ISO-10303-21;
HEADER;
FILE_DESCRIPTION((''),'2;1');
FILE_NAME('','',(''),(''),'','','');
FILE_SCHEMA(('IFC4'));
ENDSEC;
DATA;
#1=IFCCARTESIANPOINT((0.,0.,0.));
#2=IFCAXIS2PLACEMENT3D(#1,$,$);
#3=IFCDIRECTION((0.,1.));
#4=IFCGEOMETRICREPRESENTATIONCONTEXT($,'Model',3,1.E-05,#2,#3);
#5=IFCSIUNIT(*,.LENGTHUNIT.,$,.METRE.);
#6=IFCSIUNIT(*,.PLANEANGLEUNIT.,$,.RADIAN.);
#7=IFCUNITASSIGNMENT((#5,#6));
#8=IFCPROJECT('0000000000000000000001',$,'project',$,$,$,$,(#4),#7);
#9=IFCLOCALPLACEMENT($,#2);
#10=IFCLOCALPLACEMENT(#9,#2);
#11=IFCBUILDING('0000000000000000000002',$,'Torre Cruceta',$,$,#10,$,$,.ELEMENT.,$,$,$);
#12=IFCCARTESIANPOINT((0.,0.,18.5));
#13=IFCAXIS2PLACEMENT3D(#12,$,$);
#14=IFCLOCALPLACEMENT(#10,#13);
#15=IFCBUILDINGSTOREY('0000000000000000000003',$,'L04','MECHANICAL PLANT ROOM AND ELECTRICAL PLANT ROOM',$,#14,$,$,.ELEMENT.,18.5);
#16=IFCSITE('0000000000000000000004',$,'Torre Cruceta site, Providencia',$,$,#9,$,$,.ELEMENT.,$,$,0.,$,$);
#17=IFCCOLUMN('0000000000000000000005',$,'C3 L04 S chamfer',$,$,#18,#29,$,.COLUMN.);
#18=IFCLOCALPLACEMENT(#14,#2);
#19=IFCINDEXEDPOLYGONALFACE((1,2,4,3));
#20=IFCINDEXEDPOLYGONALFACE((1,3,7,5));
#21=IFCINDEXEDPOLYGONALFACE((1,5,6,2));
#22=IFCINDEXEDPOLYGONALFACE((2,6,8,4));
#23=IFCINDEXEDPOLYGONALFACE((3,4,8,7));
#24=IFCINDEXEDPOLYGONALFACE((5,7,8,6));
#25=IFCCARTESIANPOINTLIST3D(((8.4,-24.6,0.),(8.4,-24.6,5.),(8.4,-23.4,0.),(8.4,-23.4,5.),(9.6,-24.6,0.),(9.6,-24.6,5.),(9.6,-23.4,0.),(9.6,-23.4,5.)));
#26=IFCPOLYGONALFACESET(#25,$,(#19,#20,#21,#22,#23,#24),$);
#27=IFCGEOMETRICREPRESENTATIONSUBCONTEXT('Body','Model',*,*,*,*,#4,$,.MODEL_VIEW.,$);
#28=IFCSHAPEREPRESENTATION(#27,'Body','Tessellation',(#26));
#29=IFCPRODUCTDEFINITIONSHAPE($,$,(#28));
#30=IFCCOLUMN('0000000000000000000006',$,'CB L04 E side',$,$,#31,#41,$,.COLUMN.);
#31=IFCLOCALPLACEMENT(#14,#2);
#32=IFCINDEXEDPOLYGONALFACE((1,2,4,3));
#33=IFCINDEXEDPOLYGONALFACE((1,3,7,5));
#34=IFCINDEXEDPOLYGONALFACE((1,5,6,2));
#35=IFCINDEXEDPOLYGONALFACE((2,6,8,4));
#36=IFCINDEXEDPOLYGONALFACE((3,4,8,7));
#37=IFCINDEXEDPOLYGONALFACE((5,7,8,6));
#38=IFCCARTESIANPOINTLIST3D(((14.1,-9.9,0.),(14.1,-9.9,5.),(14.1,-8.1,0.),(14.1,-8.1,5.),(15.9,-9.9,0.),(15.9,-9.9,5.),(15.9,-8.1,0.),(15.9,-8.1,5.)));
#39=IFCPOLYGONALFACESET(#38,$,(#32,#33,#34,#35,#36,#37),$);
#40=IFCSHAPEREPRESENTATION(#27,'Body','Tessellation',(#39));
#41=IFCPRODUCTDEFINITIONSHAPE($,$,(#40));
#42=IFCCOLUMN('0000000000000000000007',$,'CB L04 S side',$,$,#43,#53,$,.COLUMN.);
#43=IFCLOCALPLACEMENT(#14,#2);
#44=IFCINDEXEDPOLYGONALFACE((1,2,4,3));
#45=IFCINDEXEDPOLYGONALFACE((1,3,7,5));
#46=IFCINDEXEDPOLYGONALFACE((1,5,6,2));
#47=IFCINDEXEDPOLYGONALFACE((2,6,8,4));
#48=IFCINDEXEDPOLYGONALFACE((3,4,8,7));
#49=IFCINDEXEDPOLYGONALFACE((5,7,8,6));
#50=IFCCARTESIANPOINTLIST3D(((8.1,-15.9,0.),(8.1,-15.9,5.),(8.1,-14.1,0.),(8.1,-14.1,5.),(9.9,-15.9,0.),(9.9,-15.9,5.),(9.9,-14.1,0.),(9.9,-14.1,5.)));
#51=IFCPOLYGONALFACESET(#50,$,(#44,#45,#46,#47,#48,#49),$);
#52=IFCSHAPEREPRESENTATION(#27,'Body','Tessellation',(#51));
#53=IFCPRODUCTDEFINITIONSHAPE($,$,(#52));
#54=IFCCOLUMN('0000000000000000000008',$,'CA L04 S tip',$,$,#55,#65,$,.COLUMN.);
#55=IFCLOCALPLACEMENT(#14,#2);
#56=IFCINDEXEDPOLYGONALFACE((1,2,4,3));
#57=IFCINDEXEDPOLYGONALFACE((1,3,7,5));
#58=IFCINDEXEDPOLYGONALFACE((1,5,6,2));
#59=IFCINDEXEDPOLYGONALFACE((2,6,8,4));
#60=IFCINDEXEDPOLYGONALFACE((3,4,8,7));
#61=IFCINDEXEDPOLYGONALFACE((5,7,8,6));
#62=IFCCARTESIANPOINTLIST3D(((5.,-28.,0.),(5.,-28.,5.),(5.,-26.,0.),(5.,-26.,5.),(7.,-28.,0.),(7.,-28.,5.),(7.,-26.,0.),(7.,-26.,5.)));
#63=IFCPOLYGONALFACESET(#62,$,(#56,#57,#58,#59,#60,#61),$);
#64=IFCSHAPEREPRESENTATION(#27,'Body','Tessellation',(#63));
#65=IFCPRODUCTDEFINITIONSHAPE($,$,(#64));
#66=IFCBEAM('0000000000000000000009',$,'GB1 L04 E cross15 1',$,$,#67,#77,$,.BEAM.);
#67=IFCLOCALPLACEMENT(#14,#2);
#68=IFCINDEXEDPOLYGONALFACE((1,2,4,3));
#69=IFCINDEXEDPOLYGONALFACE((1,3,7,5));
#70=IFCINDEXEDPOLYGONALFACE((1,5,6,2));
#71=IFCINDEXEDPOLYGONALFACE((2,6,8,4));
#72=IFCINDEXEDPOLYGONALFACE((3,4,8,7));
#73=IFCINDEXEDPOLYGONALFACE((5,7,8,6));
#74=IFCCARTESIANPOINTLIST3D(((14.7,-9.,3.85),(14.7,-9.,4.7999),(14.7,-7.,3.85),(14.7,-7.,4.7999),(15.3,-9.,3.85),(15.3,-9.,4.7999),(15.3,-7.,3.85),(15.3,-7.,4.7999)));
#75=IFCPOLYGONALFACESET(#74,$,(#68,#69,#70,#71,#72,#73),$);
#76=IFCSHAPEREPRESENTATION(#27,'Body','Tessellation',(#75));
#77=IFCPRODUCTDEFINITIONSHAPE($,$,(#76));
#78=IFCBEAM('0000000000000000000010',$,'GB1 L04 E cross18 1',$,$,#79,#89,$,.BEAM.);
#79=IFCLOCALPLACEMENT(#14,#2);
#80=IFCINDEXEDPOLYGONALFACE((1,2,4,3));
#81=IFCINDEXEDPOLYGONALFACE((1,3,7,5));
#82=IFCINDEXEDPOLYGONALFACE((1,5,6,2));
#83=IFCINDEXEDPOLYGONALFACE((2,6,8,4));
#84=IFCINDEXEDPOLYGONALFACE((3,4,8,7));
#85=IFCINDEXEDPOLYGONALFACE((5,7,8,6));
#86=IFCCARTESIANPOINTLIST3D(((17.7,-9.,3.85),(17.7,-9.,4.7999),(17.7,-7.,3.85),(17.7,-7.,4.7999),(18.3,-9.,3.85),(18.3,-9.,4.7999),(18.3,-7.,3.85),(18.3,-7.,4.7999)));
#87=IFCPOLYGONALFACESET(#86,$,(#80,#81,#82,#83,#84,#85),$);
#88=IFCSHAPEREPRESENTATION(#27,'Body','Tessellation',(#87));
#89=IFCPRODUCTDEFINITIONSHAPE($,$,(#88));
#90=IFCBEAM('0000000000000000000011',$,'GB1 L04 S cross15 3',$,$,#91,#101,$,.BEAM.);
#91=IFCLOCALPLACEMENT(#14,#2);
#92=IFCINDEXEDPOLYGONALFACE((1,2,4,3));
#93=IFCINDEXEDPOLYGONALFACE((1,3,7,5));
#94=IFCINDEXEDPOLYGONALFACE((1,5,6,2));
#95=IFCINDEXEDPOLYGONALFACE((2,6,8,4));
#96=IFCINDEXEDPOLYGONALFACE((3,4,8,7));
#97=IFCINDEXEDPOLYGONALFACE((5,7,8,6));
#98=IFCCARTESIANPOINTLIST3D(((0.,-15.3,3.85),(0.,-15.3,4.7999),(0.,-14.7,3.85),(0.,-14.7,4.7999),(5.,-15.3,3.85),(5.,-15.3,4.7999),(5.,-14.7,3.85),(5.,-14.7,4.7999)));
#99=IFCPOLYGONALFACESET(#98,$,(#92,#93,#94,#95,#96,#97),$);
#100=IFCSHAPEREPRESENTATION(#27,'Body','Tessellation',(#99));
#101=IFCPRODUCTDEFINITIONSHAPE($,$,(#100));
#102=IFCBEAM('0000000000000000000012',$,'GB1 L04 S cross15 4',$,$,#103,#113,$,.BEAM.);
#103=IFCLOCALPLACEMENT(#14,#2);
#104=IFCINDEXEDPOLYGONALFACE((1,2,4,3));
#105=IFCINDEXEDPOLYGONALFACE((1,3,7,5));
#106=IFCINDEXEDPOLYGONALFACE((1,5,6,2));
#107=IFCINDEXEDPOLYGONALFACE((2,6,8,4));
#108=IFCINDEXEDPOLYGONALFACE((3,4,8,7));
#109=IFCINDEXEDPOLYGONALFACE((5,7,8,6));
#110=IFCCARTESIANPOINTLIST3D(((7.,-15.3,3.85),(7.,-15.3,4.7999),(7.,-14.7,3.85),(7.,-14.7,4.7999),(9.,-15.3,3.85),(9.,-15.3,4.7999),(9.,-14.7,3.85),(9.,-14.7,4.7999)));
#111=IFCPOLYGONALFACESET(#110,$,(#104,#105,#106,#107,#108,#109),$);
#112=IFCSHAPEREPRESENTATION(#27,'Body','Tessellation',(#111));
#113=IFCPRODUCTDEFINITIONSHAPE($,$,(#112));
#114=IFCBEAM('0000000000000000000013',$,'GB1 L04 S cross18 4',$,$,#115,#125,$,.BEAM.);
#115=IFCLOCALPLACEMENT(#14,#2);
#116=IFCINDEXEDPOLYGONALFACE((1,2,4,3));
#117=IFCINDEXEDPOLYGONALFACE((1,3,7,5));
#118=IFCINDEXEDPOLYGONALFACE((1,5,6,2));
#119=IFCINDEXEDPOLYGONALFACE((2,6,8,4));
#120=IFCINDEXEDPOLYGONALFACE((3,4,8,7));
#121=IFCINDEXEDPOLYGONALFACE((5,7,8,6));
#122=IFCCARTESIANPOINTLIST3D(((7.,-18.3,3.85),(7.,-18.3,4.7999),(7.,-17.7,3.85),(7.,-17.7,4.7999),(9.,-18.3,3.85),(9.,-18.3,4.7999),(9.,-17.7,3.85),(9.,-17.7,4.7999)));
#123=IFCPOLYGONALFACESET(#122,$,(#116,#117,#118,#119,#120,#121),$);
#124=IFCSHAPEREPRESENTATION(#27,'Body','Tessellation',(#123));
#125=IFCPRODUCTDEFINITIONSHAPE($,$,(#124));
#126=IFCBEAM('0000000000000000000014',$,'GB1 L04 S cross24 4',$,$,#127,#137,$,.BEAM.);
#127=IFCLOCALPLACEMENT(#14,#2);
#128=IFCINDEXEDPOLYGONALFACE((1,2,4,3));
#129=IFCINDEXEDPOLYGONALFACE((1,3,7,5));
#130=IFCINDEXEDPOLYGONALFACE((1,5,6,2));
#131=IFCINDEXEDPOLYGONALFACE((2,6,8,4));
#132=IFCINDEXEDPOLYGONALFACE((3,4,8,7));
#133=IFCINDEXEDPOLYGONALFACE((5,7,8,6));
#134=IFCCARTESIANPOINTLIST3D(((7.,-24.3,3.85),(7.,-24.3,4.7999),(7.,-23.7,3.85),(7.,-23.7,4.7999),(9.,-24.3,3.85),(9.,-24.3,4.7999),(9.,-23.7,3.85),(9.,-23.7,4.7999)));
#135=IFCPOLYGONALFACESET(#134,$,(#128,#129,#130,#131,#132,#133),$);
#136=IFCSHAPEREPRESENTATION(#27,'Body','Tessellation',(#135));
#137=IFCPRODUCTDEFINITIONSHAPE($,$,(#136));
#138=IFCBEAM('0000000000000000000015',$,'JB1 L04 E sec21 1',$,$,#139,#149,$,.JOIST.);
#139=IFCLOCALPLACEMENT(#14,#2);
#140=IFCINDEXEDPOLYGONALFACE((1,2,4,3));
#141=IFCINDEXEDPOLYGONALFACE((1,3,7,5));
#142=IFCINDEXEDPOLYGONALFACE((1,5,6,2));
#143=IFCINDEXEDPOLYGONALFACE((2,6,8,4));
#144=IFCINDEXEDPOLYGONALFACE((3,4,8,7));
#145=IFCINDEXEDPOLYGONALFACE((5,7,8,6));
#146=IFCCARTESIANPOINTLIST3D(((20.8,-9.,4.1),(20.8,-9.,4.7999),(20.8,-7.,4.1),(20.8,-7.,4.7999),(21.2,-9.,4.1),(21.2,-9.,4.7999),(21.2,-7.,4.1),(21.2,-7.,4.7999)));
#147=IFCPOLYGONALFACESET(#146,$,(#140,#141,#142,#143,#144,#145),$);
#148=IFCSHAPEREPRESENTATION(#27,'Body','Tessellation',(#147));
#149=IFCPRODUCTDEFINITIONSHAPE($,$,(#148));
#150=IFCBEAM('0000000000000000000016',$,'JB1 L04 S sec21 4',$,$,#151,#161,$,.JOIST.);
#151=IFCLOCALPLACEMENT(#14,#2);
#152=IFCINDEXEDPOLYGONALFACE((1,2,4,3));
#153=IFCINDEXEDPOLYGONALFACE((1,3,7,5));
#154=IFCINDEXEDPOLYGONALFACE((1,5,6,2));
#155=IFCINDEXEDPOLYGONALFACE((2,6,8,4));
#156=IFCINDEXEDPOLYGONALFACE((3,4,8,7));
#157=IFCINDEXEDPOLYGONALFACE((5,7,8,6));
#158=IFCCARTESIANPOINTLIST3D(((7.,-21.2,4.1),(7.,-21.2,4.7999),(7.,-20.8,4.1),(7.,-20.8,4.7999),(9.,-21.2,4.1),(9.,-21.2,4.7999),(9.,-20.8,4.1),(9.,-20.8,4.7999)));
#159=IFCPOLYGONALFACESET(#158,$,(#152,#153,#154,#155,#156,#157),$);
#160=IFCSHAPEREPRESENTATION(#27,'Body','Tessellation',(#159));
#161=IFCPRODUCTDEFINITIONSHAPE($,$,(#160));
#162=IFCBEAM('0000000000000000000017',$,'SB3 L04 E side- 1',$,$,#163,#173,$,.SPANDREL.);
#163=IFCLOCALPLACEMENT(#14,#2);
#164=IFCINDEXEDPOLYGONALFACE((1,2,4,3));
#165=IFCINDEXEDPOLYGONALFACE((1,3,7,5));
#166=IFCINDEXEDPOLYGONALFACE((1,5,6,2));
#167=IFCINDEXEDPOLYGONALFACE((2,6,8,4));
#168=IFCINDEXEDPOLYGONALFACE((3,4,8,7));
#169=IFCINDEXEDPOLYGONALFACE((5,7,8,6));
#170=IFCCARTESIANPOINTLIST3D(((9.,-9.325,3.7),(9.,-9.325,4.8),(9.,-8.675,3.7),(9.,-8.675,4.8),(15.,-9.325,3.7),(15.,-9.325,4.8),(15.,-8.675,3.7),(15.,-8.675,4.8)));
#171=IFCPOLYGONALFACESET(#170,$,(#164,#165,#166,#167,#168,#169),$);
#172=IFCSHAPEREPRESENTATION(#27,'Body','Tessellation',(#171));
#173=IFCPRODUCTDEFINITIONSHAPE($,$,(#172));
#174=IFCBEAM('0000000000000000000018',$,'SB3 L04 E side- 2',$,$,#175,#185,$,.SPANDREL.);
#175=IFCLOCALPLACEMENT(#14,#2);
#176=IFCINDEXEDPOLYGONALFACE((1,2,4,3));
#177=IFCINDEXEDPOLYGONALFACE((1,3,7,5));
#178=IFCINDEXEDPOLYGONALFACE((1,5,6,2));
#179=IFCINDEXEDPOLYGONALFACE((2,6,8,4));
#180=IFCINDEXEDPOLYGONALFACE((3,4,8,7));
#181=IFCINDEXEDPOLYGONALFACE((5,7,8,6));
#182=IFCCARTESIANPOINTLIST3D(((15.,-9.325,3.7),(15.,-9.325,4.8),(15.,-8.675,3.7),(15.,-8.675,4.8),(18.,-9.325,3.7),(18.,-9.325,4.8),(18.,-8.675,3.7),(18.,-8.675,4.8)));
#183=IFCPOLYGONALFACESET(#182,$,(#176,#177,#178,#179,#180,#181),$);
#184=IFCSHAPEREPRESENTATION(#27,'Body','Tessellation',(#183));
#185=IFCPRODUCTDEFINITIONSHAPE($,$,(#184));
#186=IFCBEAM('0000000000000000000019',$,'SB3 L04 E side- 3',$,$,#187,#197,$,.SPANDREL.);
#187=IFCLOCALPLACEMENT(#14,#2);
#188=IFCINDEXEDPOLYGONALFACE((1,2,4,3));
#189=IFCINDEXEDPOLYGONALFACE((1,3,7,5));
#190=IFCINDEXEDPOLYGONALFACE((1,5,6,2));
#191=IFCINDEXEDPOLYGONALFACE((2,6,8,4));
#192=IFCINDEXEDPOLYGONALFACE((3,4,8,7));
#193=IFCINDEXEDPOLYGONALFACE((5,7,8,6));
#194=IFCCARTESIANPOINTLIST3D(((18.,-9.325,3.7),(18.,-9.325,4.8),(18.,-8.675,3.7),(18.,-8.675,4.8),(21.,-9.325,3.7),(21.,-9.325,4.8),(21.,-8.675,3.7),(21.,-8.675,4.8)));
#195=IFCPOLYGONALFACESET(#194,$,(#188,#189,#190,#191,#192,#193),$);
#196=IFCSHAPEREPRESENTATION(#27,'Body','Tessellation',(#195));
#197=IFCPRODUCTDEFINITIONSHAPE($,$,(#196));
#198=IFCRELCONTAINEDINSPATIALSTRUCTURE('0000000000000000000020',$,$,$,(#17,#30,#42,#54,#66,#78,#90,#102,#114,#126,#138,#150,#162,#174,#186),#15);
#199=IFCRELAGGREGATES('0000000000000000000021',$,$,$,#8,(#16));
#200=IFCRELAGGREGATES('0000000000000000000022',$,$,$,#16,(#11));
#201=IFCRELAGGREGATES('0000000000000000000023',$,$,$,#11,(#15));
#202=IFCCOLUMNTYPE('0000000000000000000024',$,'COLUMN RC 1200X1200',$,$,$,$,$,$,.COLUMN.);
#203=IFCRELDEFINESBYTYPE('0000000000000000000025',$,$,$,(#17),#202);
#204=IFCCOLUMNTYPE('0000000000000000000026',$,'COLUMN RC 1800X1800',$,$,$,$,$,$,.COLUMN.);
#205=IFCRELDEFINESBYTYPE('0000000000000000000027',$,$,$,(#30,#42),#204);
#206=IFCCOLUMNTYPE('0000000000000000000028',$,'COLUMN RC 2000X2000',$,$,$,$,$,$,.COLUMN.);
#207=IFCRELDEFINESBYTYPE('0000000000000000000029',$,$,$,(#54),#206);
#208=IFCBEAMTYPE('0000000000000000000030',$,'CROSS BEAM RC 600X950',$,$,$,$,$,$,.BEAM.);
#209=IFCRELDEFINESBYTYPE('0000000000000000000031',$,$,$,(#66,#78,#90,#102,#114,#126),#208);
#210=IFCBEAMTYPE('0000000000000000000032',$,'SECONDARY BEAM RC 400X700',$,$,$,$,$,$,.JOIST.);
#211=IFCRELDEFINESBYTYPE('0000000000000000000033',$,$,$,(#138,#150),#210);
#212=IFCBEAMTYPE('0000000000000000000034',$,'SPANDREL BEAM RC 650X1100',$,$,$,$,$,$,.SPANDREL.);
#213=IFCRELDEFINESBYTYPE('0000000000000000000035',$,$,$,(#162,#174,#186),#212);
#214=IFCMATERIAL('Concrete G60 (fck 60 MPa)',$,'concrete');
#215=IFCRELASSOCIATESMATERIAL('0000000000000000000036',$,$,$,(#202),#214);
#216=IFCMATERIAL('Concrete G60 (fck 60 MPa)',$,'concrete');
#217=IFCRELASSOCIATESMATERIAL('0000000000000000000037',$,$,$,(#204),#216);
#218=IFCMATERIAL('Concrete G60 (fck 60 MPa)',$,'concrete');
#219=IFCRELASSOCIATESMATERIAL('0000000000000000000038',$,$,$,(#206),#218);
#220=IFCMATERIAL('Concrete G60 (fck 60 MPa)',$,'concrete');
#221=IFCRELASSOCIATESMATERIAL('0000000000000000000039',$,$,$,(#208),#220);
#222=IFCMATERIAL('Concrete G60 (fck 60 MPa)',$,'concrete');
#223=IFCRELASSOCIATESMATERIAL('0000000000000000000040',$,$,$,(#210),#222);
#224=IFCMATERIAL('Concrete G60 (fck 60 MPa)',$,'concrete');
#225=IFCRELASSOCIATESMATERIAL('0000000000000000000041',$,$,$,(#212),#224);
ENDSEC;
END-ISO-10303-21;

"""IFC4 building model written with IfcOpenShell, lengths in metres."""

from ifc_helpers import new_model, si_unit, direction, frame, origin, origin_2d, place, context, subcontext, project, spatial, rectangle, extrude, material, material_profile, profile_set, type_object, element, save


model = new_model("IFC4")

# Units and contexts
model_context = context("Model", 3, precision=1e-05, world=origin(), true_north=direction((0.0, 1.0)))
body_context = subcontext(model_context, "Body", "Model", "MODEL_VIEW")
ifc_project = project(units=[si_unit("LENGTHUNIT", "METRE"), si_unit("PLANEANGLEUNIT", "RADIAN")], contexts=[model_context])

# Site, building, storey
site_placement = place(None, origin())
site = spatial("IfcSite", under=ifc_project, at=site_placement, Name="Torre Cruceta site, Providencia", CompositionType="ELEMENT", RefElevation=0.0)
building_placement = place(site_placement, origin())
building = spatial("IfcBuilding", under=site, at=building_placement, Name="Torre Cruceta", CompositionType="ELEMENT")
storey_placement = place(building_placement, frame((0.0, 0.0, 18.5)))
storey = spatial("IfcBuildingStorey", under=building, at=storey_placement, Name="L04", Description="MECHANICAL PLANT ROOM AND ELECTRICAL PLANT ROOM", CompositionType="ELEMENT", Elevation=18.5)

# Columns
ifc_material_1 = material(Name="Concrete G60 (fck 60 MPa)", Category="concrete")
ifc_material_profile_1 = material_profile(ifc_material_1, rectangle(XDim=1.2, YDim=1.2, at=origin_2d()), Name="RC 1200X1200")
ifc_profile_set_1 = profile_set([ifc_material_profile_1], Name="Concrete G60 (fck 60 MPa)")
column_type_1 = type_object("IfcColumnType", Name="COLUMN RC 1200X1200", PredefinedType="COLUMN", material=ifc_profile_set_1)
column_1_placement = place(storey_placement, frame((9.0, -24.0, 0.0), z_axis=(0.0, 0.0, 1.0), x_axis=(1.0, 0.0, 0.0)))
element("IfcColumn", 1, at=column_1_placement, inside=storey, type_object=column_type_1, Name="C3 L04 S chamfer", PredefinedType="COLUMN", context=body_context, shape_type="SweptSolid", body=[
    extrude(rectangle(XDim=1.2, YDim=1.2, at=origin_2d()), origin(), (0.0, 0.0, 1.0), 5.0),
])
ifc_material_2 = material(Name="Concrete G60 (fck 60 MPa)", Category="concrete")
ifc_material_profile_2 = material_profile(ifc_material_2, rectangle(XDim=1.8, YDim=1.8, at=origin_2d()), Name="RC 1800X1800")
ifc_profile_set_2 = profile_set([ifc_material_profile_2], Name="Concrete G60 (fck 60 MPa)")
column_type_2 = type_object("IfcColumnType", Name="COLUMN RC 1800X1800", PredefinedType="COLUMN", material=ifc_profile_set_2)
for number, where, z_axis, x_axis, name in (
    (2, (15.0, -9.0, 0.0), (0.0, 0.0, 1.0), (1.0, 0.0, 0.0), "CB L04 E side"),
    (3, (9.0, -15.0, 0.0), (0.0, 0.0, 1.0), (1.0, 0.0, 0.0), "CB L04 S side"),
):
    element("IfcColumn", number, at=place(storey_placement, frame(where, z_axis=z_axis, x_axis=x_axis)), inside=storey, type_object=column_type_2, Name=name, PredefinedType="COLUMN", context=body_context, shape_type="SweptSolid", body=[
        extrude(rectangle(XDim=1.8, YDim=1.8, at=origin_2d()), origin(), (0.0, 0.0, 1.0), 5.0),
    ])
ifc_material_3 = material(Name="Concrete G60 (fck 60 MPa)", Category="concrete")
ifc_material_profile_3 = material_profile(ifc_material_3, rectangle(XDim=2.0, YDim=2.0, at=origin_2d()), Name="RC 2000X2000")
ifc_profile_set_3 = profile_set([ifc_material_profile_3], Name="Concrete G60 (fck 60 MPa)")
column_type_3 = type_object("IfcColumnType", Name="COLUMN RC 2000X2000", PredefinedType="COLUMN", material=ifc_profile_set_3)
column_2_placement = place(storey_placement, frame((6.0, -27.0, 0.0), z_axis=(0.0, 0.0, 1.0), x_axis=(1.0, 0.0, 0.0)))
element("IfcColumn", 4, at=column_2_placement, inside=storey, type_object=column_type_3, Name="CA L04 S tip", PredefinedType="COLUMN", context=body_context, shape_type="SweptSolid", body=[
    extrude(rectangle(XDim=2.0, YDim=2.0, at=origin_2d()), origin(), (0.0, 0.0, 1.0), 5.0),
])

# Beams
ifc_material_4 = material(Name="Concrete G60 (fck 60 MPa)", Category="concrete")
ifc_material_profile_4 = material_profile(ifc_material_4, rectangle(XDim=0.6001, YDim=0.95, at=origin_2d()), Name="RC 600X950")
ifc_profile_set_4 = profile_set([ifc_material_profile_4], Name="Concrete G60 (fck 60 MPa)")
beam_type_1 = type_object("IfcBeamType", Name="CROSS BEAM RC 600X950", PredefinedType="BEAM", material=ifc_profile_set_4)
for number, where, z_axis, x_axis, name in (
    (5, (15.0, -9.0, 4.325), (0.0, 1.0, 0.0), (-1.0, 0.0, 0.0), "GB1 L04 E cross15 1"),
    (6, (18.0, -9.0, 4.325), (0.0, 1.0, 0.0), (-1.0, 0.0, 0.0), "GB1 L04 E cross18 1"),
):
    element("IfcBeam", number, at=place(storey_placement, frame(where, z_axis=z_axis, x_axis=x_axis)), inside=storey, type_object=beam_type_1, Name=name, PredefinedType="BEAM", context=body_context, shape_type="SweptSolid", body=[
        extrude(rectangle(XDim=0.6001, YDim=0.95, at=origin_2d()), origin(), (0.0, 0.0, 1.0), 2.0),
    ])
beam_1_placement = place(storey_placement, frame((0.0, -15.0, 4.325), z_axis=(1.0, 0.0, 0.0), x_axis=(0.0, 1.0, 0.0)))
element("IfcBeam", 7, at=beam_1_placement, inside=storey, type_object=beam_type_1, Name="GB1 L04 S cross15 3", PredefinedType="BEAM", context=body_context, shape_type="SweptSolid", body=[
    extrude(rectangle(XDim=0.6001, YDim=0.95, at=origin_2d()), origin(), (0.0, 0.0, 1.0), 5.0),
])
for number, where, z_axis, x_axis, name in (
    (8, (7.0, -15.0, 4.325), (1.0, 0.0, 0.0), (0.0, 1.0, 0.0), "GB1 L04 S cross15 4"),
    (9, (7.0, -18.0, 4.325), (1.0, 0.0, 0.0), (0.0, 1.0, 0.0), "GB1 L04 S cross18 4"),
    (10, (7.0, -24.0, 4.325), (1.0, 0.0, 0.0), (0.0, 1.0, 0.0), "GB1 L04 S cross24 4"),
):
    element("IfcBeam", number, at=place(storey_placement, frame(where, z_axis=z_axis, x_axis=x_axis)), inside=storey, type_object=beam_type_1, Name=name, PredefinedType="BEAM", context=body_context, shape_type="SweptSolid", body=[
        extrude(rectangle(XDim=0.6001, YDim=0.95, at=origin_2d()), origin(), (0.0, 0.0, 1.0), 2.0),
    ])
ifc_material_5 = material(Name="Concrete G60 (fck 60 MPa)", Category="concrete")
ifc_material_profile_5 = material_profile(ifc_material_5, rectangle(XDim=0.3999, YDim=0.7, at=origin_2d()), Name="RC 400X700")
ifc_profile_set_5 = profile_set([ifc_material_profile_5], Name="Concrete G60 (fck 60 MPa)")
beam_type_2 = type_object("IfcBeamType", Name="SECONDARY BEAM RC 400X700", PredefinedType="JOIST", material=ifc_profile_set_5)
for number, where, z_axis, x_axis, name in (
    (11, (21.0, -9.0, 4.45), (0.0, 1.0, 0.0), (-1.0, 0.0, 0.0), "JB1 L04 E sec21 1"),
    (12, (7.0, -21.0, 4.45), (1.0, 0.0, 0.0), (0.0, 1.0, 0.0), "JB1 L04 S sec21 4"),
):
    element("IfcBeam", number, at=place(storey_placement, frame(where, z_axis=z_axis, x_axis=x_axis)), inside=storey, type_object=beam_type_2, Name=name, PredefinedType="JOIST", context=body_context, shape_type="SweptSolid", body=[
        extrude(rectangle(XDim=0.3999, YDim=0.7, at=origin_2d()), origin(), (0.0, 0.0, 1.0), 2.0),
    ])
ifc_material_6 = material(Name="Concrete G60 (fck 60 MPa)", Category="concrete")
ifc_material_profile_6 = material_profile(ifc_material_6, rectangle(XDim=0.6499, YDim=1.1001, at=origin_2d()), Name="RC 650X1100")
ifc_profile_set_6 = profile_set([ifc_material_profile_6], Name="Concrete G60 (fck 60 MPa)")
beam_type_3 = type_object("IfcBeamType", Name="SPANDREL BEAM RC 650X1100", PredefinedType="SPANDREL", material=ifc_profile_set_6)
beam_2_placement = place(storey_placement, frame((9.0, -9.0, 4.25), z_axis=(1.0, 0.0, 0.0), x_axis=(0.0, 1.0, 0.0)))
element("IfcBeam", 13, at=beam_2_placement, inside=storey, type_object=beam_type_3, Name="SB3 L04 E side- 1", PredefinedType="SPANDREL", context=body_context, shape_type="SweptSolid", body=[
    extrude(rectangle(XDim=0.6499, YDim=1.1001, at=origin_2d()), origin(), (0.0, 0.0, 1.0), 6.0),
])
for number, where, z_axis, x_axis, name in (
    (14, (15.0, -9.0, 4.25), (1.0, 0.0, 0.0), (0.0, 1.0, 0.0), "SB3 L04 E side- 2"),
    (15, (18.0, -9.0, 4.25), (1.0, 0.0, 0.0), (0.0, 1.0, 0.0), "SB3 L04 E side- 3"),
):
    element("IfcBeam", number, at=place(storey_placement, frame(where, z_axis=z_axis, x_axis=x_axis)), inside=storey, type_object=beam_type_3, Name=name, PredefinedType="SPANDREL", context=body_context, shape_type="SweptSolid", body=[
        extrude(rectangle(XDim=0.6499, YDim=1.1001, at=origin_2d()), origin(), (0.0, 0.0, 1.0), 3.0),
    ])

save(model, "model.ifc")
